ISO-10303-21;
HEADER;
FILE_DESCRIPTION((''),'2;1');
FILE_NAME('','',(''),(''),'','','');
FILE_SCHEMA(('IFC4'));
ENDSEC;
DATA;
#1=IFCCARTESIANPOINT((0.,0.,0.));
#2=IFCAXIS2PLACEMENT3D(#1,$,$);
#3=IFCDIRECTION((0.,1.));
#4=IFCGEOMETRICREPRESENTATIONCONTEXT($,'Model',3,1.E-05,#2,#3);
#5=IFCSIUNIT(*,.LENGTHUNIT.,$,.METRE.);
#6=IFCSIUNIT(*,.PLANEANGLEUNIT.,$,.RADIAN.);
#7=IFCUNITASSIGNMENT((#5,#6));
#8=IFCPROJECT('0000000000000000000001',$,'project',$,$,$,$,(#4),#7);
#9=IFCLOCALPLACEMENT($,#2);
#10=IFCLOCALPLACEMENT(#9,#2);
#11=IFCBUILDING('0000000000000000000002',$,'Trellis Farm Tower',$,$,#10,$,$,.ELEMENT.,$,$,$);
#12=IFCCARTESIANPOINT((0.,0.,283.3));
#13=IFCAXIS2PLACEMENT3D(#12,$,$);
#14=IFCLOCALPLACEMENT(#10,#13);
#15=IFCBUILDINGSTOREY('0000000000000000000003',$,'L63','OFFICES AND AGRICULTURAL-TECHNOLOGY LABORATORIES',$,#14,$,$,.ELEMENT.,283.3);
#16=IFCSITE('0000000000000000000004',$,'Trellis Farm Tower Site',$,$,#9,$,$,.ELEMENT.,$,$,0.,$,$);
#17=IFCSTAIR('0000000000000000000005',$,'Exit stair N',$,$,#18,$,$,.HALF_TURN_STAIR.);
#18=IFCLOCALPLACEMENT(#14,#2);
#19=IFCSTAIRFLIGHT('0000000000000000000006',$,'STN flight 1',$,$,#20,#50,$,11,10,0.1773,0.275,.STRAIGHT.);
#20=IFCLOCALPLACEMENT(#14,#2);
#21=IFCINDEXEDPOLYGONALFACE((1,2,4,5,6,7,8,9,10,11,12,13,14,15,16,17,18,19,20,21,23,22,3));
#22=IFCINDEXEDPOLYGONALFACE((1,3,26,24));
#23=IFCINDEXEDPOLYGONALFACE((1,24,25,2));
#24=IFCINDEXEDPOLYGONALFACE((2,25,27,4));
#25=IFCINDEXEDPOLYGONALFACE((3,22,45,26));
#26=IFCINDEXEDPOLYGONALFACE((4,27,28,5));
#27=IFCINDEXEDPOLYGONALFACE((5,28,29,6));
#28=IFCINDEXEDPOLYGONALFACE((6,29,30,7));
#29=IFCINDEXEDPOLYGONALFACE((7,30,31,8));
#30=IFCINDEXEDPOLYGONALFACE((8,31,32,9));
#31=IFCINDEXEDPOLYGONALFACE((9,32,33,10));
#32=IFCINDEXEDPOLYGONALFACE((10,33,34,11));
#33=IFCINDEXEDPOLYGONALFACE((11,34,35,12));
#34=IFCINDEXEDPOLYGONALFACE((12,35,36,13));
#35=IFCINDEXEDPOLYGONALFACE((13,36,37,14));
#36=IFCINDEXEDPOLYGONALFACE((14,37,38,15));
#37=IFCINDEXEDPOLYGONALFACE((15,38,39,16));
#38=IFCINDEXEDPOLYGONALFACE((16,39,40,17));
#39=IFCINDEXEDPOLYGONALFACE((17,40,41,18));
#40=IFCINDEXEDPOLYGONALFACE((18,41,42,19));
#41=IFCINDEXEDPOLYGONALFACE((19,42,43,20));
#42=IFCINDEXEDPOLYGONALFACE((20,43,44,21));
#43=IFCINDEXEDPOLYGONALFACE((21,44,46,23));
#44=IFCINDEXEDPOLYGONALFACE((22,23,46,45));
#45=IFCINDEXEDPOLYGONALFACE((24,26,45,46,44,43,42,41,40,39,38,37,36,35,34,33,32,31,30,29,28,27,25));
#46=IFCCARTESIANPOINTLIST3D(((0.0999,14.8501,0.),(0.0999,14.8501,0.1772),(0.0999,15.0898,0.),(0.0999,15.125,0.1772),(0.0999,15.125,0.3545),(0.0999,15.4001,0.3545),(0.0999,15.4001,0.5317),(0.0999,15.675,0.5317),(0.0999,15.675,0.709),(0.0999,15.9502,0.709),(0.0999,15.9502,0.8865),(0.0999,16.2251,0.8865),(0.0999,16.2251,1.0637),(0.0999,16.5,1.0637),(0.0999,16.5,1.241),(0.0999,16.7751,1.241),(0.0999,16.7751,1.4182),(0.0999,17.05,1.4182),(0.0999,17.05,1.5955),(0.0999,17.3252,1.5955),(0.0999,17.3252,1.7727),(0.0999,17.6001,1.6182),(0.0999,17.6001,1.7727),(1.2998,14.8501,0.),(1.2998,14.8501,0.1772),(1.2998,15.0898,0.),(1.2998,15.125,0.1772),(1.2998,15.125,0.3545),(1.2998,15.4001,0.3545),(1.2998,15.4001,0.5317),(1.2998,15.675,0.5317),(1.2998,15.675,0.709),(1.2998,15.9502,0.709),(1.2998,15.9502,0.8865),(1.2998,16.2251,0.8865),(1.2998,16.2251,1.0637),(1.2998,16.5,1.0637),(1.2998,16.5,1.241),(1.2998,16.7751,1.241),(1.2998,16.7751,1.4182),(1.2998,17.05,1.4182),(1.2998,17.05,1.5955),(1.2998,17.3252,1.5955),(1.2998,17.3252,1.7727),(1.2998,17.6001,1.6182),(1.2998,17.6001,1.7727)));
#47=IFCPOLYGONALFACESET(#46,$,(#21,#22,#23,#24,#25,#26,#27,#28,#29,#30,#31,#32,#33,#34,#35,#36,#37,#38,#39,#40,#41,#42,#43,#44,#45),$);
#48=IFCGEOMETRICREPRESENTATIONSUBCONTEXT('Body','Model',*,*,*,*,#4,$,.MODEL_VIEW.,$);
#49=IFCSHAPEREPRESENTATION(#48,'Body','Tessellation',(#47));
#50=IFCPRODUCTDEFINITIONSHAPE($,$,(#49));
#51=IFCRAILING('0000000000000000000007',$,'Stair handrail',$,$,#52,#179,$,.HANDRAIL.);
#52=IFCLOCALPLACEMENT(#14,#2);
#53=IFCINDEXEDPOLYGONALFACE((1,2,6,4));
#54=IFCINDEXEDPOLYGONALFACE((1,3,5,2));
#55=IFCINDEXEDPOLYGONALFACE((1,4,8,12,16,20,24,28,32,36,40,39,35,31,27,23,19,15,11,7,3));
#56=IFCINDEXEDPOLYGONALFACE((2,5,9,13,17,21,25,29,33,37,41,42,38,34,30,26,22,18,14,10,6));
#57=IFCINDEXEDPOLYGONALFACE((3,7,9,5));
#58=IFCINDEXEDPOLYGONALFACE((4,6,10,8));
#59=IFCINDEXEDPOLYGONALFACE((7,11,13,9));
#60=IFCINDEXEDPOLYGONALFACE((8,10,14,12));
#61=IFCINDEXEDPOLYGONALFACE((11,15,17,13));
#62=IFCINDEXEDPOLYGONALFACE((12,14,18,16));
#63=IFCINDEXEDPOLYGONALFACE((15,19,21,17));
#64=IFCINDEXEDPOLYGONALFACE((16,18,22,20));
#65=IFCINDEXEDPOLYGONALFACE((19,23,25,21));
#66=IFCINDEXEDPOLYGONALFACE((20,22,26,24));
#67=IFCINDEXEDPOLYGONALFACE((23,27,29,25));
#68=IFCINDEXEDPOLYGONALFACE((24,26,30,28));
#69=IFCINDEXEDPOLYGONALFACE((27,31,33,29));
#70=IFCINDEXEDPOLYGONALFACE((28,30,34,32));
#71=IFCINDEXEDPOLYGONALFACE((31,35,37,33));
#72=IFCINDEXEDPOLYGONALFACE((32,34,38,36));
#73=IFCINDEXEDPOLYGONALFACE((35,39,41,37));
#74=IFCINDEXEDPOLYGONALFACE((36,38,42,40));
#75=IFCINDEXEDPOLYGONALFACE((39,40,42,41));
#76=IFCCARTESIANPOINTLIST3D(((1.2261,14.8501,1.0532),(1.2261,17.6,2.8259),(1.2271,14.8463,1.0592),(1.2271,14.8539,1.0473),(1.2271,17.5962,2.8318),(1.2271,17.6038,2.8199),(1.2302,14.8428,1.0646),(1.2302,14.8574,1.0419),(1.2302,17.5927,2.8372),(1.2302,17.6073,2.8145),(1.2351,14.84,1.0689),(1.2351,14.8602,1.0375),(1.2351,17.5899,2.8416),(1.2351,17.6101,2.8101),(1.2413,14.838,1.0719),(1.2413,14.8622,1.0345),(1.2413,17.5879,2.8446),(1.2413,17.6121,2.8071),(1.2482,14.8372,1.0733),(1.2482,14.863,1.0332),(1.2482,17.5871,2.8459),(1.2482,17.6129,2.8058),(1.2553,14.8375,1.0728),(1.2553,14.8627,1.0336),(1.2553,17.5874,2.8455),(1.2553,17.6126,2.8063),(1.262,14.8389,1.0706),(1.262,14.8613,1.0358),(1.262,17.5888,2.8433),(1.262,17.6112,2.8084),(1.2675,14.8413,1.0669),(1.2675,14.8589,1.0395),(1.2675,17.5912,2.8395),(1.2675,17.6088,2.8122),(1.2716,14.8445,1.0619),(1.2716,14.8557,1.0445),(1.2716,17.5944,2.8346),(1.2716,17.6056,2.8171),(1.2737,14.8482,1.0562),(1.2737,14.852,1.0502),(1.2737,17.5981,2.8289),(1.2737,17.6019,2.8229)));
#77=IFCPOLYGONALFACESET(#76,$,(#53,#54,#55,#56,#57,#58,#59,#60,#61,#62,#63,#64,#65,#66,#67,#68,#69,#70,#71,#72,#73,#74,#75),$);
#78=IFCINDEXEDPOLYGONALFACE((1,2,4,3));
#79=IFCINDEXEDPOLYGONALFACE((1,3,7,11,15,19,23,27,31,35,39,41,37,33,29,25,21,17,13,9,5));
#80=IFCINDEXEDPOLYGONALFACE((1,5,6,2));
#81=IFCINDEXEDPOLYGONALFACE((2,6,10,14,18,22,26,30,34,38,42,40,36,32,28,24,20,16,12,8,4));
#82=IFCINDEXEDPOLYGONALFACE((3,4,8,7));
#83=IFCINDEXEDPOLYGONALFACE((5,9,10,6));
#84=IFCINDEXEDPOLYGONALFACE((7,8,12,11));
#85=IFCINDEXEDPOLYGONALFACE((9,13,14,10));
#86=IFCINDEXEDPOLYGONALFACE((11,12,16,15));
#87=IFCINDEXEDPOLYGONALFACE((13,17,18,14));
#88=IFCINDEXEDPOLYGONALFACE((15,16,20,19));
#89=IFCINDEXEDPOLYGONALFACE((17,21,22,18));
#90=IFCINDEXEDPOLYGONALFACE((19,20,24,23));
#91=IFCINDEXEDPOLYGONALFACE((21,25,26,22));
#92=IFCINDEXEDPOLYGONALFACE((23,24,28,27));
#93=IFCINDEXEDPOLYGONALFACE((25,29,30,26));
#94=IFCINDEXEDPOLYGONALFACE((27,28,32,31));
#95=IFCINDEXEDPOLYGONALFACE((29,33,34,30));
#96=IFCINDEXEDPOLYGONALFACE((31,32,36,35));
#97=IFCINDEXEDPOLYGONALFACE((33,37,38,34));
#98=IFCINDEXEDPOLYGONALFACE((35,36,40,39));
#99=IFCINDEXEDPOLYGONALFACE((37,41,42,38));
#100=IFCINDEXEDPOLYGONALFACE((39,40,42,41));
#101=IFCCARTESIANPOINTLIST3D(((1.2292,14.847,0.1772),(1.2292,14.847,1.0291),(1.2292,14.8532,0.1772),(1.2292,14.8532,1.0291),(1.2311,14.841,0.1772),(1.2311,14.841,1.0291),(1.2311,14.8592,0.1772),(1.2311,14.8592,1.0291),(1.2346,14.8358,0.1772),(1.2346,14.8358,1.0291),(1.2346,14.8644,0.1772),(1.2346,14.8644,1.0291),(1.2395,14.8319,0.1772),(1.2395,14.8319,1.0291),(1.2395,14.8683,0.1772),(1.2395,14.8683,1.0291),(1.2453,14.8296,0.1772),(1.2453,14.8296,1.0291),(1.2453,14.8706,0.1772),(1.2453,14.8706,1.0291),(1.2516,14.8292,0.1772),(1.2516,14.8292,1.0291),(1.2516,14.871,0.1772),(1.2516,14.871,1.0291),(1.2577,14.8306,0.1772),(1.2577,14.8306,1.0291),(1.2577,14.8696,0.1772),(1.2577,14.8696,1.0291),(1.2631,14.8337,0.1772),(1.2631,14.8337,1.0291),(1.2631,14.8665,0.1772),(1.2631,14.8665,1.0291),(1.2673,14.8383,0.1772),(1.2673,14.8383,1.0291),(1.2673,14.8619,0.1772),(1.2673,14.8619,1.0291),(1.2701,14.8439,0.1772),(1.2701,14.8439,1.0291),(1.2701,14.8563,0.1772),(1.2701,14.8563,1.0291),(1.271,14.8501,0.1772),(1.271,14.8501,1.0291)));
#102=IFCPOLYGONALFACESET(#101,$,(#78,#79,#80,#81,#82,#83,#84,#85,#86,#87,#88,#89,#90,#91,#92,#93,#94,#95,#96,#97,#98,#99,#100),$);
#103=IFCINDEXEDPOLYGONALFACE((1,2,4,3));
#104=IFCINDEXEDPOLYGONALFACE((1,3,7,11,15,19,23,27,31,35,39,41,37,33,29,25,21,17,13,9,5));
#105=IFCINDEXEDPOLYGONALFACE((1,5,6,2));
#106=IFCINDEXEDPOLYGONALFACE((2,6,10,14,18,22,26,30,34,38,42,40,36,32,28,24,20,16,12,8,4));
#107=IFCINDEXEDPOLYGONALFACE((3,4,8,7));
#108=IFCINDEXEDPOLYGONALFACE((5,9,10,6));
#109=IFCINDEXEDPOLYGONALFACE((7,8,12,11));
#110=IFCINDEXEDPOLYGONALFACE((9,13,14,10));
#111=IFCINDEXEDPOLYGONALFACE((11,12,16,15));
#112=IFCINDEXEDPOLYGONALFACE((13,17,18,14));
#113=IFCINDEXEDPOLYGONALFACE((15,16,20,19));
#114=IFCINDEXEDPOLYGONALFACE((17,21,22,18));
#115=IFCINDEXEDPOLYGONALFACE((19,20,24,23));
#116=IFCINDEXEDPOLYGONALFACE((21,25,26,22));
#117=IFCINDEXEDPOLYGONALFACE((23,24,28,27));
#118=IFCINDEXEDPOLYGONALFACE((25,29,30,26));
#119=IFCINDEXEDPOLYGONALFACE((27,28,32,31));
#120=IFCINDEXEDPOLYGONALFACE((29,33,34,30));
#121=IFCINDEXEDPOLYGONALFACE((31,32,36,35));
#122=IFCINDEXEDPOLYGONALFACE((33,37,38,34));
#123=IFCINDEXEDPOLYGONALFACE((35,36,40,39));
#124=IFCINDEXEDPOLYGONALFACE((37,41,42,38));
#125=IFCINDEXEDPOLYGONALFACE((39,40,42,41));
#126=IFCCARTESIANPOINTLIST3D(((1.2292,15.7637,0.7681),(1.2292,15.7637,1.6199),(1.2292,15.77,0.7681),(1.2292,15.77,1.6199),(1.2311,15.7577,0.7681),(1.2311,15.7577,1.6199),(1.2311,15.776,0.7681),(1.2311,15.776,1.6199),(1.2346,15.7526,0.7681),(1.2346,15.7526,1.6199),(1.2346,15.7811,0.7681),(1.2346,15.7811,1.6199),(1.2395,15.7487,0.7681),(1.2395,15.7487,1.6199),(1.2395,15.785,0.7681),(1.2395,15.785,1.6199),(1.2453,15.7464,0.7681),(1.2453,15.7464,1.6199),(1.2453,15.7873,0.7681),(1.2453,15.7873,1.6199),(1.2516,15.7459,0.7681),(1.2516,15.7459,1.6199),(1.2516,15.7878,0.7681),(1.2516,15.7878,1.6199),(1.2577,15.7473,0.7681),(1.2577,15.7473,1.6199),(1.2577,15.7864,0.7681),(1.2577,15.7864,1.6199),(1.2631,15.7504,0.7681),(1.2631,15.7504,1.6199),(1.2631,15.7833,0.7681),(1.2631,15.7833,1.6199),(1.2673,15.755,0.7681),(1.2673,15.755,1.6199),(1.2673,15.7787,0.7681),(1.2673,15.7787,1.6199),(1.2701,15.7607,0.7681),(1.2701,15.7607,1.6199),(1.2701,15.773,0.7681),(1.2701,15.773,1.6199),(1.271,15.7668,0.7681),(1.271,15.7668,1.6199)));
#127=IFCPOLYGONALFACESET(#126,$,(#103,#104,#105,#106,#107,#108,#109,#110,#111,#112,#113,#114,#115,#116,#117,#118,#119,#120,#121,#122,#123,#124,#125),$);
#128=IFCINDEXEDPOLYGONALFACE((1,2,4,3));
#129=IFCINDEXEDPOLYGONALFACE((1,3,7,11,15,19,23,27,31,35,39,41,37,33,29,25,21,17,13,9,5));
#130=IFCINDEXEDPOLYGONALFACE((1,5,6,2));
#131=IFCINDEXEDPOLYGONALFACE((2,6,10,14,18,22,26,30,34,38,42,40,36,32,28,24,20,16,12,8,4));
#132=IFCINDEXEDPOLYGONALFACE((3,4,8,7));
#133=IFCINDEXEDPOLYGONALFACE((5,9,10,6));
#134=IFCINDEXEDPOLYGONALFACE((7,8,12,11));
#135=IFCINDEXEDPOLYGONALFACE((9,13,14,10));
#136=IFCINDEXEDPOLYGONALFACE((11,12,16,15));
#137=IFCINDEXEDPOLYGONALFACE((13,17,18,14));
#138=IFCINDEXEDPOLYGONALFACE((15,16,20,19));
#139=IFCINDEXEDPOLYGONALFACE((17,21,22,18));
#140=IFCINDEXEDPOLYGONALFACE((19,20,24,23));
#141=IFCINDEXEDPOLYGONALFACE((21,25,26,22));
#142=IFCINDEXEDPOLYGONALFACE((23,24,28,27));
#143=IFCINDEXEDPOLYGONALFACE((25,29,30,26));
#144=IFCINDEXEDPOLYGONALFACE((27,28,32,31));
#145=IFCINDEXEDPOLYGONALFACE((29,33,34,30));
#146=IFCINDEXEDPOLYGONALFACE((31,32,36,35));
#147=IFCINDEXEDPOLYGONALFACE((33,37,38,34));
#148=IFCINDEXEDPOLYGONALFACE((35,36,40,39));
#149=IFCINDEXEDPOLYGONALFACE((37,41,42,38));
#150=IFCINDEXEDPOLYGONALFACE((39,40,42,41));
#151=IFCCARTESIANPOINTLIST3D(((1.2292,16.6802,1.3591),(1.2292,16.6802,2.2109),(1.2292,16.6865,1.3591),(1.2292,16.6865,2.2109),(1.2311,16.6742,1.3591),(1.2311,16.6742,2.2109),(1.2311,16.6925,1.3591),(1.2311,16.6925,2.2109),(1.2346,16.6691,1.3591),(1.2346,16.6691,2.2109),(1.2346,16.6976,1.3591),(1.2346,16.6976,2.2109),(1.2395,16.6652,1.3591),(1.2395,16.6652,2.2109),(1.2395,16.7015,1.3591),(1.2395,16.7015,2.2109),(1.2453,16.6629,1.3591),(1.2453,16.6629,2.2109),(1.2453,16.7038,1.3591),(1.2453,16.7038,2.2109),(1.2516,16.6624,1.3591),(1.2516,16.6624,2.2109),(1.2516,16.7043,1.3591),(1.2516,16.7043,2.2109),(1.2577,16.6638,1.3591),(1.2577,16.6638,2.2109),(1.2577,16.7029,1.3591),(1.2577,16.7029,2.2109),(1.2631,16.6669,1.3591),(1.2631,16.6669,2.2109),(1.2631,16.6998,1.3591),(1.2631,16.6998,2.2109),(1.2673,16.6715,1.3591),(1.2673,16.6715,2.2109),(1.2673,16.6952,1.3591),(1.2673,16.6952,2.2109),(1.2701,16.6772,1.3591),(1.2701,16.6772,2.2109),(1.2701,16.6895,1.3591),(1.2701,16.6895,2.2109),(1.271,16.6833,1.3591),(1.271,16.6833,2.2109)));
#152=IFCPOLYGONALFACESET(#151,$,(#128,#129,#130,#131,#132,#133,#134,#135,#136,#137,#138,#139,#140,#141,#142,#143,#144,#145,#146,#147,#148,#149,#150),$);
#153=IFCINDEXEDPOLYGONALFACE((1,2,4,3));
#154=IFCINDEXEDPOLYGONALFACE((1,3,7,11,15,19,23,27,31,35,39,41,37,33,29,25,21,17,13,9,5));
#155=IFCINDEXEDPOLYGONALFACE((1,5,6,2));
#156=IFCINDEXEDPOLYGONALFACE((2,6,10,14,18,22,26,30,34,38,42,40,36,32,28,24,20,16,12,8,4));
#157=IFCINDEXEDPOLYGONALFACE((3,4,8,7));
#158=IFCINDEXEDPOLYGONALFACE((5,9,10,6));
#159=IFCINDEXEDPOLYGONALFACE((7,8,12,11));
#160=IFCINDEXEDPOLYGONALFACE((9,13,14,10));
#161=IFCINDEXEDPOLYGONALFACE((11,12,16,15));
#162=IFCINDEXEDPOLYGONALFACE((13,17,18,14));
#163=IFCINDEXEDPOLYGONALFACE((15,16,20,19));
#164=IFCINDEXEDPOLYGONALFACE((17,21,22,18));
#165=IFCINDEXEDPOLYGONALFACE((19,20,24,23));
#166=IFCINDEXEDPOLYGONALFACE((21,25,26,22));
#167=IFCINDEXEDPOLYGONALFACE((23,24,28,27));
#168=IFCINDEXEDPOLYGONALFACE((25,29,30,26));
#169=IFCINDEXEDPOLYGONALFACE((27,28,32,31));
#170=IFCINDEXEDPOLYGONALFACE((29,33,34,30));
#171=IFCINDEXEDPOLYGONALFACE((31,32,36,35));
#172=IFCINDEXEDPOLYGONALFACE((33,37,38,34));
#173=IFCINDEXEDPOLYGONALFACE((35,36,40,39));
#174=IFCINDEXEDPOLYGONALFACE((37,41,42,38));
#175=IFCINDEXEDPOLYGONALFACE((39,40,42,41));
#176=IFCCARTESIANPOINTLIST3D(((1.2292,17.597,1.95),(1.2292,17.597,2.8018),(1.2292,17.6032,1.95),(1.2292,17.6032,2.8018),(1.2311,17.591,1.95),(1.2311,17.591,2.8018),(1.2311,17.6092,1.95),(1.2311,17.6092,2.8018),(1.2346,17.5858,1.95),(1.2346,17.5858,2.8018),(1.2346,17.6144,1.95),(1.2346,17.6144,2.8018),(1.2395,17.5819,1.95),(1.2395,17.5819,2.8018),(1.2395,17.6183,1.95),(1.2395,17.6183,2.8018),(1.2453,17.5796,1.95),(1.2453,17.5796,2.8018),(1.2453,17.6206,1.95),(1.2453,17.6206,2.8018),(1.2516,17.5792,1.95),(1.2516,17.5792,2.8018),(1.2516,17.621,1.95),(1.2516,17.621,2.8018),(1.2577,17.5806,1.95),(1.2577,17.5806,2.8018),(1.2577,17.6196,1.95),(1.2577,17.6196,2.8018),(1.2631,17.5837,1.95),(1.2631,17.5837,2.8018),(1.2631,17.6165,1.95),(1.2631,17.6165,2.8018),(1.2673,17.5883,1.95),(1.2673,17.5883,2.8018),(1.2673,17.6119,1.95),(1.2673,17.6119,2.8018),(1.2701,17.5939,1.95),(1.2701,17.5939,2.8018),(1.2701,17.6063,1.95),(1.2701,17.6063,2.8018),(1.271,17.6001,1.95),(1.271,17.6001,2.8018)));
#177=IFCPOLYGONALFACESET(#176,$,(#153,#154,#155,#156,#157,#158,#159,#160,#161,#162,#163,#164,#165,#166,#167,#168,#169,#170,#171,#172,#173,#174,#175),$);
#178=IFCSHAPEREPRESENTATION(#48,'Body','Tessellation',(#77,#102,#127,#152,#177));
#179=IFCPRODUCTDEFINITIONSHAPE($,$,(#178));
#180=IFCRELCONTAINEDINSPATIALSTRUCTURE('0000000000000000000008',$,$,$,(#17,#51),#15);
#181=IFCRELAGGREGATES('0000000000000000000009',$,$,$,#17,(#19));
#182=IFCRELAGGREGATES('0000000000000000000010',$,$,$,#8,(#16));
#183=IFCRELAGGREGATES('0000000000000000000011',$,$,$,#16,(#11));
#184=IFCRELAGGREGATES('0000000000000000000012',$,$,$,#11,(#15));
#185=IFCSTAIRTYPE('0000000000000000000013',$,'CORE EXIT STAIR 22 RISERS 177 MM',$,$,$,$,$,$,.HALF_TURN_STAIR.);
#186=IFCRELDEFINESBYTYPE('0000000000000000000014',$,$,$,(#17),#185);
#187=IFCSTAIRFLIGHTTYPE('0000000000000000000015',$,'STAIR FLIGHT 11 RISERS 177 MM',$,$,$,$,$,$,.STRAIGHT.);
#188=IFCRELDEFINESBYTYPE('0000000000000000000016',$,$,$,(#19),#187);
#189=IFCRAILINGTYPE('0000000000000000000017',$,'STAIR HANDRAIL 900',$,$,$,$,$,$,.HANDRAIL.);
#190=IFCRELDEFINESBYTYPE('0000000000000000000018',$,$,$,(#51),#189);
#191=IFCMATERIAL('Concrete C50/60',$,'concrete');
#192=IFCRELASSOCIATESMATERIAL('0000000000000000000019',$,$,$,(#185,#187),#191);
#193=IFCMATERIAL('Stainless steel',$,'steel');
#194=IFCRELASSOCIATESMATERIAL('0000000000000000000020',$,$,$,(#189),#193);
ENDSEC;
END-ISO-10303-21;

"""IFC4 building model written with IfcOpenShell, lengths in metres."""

from ifc_helpers import new_model, si_unit, direction, frame, origin, origin_2d, place, context, subcontext, project, spatial, polyline, circle, outline, extrude, source, transform, mapped, material, type_object, element, aggregate, save


model = new_model("IFC4")

# Units and contexts
model_context = context("Model", 3, precision=1e-05, world=origin(), true_north=direction((0.0, 1.0)))
body_context = subcontext(model_context, "Body", "Model", "MODEL_VIEW")
ifc_project = project(units=[si_unit("LENGTHUNIT", "METRE"), si_unit("PLANEANGLEUNIT", "RADIAN")], contexts=[model_context])

# Site, building, storey
site_placement = place(None, origin())
site = spatial("IfcSite", under=ifc_project, at=site_placement, Name="Trellis Farm Tower Site", CompositionType="ELEMENT", RefElevation=0.0)
building_placement = place(site_placement, origin())
building = spatial("IfcBuilding", under=site, at=building_placement, Name="Trellis Farm Tower", CompositionType="ELEMENT")
storey_placement = place(building_placement, frame((0.0, 0.0, 283.3)))
storey = spatial("IfcBuildingStorey", under=building, at=storey_placement, Name="L63", Description="OFFICES AND AGRICULTURAL-TECHNOLOGY LABORATORIES", CompositionType="ELEMENT", Elevation=283.3)

# Shared definitions
placement_1 = place(storey_placement, origin())

# Shared definitions
ifc_material_1 = material(Name="Concrete C50/60", Category="concrete")

# Stair, stair flight
stair_type = type_object("IfcStairType", Name="CORE EXIT STAIR 22 RISERS 177 MM", PredefinedType="HALF_TURN_STAIR", material=ifc_material_1)
stair = element("IfcStair", 1, at=placement_1, inside=storey, type_object=stair_type, Name="Exit stair N", PredefinedType="HALF_TURN_STAIR")
stair_flight_type = type_object("IfcStairFlightType", Name="STAIR FLIGHT 11 RISERS 177 MM", PredefinedType="STRAIGHT", material=ifc_material_1)
shared_shape_1 = source(origin(), body_context, "Body", "SweptSolid", [
    extrude(outline(polyline([(0.0, 0.0), (0.0, 0.1772), (0.2749, 0.1772), (0.2749, 0.3545), (0.55, 0.3545), (0.55, 0.5317), (0.825, 0.5317), (0.825, 0.709), (1.1001, 0.709), (1.1001, 0.8865), (1.375, 0.8865), (1.375, 1.0637), (1.6499, 1.0637), (1.6499, 1.241), (1.925, 1.241), (1.925, 1.4182), (2.2, 1.4182), (2.2, 1.5955), (2.4751, 1.5955), (2.4751, 1.7727), (2.75, 1.7727), (2.75, 1.95), (2.75, 1.6182), (0.2397, 0.0), (0.0, 0.0)])), frame((0.0, 0.6001, 0.0), z_axis=(0.0, -1.0, 0.0), x_axis=(1.0, 0.0, 0.0)), (0.0, 0.0, 1.0), 1.2),
])
stair_flight_placement = place(storey_placement, frame((0.7, 14.8501, 0.0), z_axis=(0.0, 0.0, 1.0), x_axis=(0.0, 1.0, 0.0)))
stair_flight = element("IfcStairFlight", 2, at=stair_flight_placement, type_object=stair_flight_type, Name="STN flight 1", NumberOfRisers=11, NumberOfTreads=10, PredefinedType="STRAIGHT", RiserHeight=0.1773, TreadLength=0.275, context=body_context, shape_type="MappedRepresentation", body=[
    mapped(shared_shape_1, transform((0.0, 0.0, 0.0))),
])
aggregate(stair, [stair_flight])

# Railing
ifc_material_2 = material(Name="Stainless steel", Category="steel")
railing_type = type_object("IfcRailingType", Name="STAIR HANDRAIL 900", PredefinedType="HANDRAIL", material=ifc_material_2)
shared_shape_2 = source(origin(), body_context, "Body", "SweptSolid", [
    extrude(circle(Radius=0.0239, at=origin_2d()), frame((0.0, 0.0, 0.876), z_axis=(0.0, 0.840504, 0.541806), x_axis=(-1.0, 0.0, 0.0)), (0.0, 0.0, 1.0), 3.2717),
    extrude(circle(Radius=0.021, at=origin_2d()), origin(), (0.0, 0.0, 1.0), 0.8518),
    extrude(circle(Radius=0.021, at=origin_2d()), frame((0.0, 0.9167, 0.5908)), (0.0, 0.0, 1.0), 0.8518),
    extrude(circle(Radius=0.021, at=origin_2d()), frame((0.0, 1.8333, 1.1819)), (0.0, 0.0, 1.0), 0.8518),
    extrude(circle(Radius=0.021, at=origin_2d()), frame((0.0, 2.75, 1.7727)), (0.0, 0.0, 1.0), 0.8518),
])
railing_placement = place(storey_placement, frame((1.25, 14.8501, 0.1772)))
element("IfcRailing", 3, at=railing_placement, inside=storey, type_object=railing_type, Name="Stair handrail", PredefinedType="HANDRAIL", context=body_context, shape_type="MappedRepresentation", body=[
    mapped(shared_shape_2, transform((0.0, 0.0, 0.0))),
])

save(model, "model.ifc")
